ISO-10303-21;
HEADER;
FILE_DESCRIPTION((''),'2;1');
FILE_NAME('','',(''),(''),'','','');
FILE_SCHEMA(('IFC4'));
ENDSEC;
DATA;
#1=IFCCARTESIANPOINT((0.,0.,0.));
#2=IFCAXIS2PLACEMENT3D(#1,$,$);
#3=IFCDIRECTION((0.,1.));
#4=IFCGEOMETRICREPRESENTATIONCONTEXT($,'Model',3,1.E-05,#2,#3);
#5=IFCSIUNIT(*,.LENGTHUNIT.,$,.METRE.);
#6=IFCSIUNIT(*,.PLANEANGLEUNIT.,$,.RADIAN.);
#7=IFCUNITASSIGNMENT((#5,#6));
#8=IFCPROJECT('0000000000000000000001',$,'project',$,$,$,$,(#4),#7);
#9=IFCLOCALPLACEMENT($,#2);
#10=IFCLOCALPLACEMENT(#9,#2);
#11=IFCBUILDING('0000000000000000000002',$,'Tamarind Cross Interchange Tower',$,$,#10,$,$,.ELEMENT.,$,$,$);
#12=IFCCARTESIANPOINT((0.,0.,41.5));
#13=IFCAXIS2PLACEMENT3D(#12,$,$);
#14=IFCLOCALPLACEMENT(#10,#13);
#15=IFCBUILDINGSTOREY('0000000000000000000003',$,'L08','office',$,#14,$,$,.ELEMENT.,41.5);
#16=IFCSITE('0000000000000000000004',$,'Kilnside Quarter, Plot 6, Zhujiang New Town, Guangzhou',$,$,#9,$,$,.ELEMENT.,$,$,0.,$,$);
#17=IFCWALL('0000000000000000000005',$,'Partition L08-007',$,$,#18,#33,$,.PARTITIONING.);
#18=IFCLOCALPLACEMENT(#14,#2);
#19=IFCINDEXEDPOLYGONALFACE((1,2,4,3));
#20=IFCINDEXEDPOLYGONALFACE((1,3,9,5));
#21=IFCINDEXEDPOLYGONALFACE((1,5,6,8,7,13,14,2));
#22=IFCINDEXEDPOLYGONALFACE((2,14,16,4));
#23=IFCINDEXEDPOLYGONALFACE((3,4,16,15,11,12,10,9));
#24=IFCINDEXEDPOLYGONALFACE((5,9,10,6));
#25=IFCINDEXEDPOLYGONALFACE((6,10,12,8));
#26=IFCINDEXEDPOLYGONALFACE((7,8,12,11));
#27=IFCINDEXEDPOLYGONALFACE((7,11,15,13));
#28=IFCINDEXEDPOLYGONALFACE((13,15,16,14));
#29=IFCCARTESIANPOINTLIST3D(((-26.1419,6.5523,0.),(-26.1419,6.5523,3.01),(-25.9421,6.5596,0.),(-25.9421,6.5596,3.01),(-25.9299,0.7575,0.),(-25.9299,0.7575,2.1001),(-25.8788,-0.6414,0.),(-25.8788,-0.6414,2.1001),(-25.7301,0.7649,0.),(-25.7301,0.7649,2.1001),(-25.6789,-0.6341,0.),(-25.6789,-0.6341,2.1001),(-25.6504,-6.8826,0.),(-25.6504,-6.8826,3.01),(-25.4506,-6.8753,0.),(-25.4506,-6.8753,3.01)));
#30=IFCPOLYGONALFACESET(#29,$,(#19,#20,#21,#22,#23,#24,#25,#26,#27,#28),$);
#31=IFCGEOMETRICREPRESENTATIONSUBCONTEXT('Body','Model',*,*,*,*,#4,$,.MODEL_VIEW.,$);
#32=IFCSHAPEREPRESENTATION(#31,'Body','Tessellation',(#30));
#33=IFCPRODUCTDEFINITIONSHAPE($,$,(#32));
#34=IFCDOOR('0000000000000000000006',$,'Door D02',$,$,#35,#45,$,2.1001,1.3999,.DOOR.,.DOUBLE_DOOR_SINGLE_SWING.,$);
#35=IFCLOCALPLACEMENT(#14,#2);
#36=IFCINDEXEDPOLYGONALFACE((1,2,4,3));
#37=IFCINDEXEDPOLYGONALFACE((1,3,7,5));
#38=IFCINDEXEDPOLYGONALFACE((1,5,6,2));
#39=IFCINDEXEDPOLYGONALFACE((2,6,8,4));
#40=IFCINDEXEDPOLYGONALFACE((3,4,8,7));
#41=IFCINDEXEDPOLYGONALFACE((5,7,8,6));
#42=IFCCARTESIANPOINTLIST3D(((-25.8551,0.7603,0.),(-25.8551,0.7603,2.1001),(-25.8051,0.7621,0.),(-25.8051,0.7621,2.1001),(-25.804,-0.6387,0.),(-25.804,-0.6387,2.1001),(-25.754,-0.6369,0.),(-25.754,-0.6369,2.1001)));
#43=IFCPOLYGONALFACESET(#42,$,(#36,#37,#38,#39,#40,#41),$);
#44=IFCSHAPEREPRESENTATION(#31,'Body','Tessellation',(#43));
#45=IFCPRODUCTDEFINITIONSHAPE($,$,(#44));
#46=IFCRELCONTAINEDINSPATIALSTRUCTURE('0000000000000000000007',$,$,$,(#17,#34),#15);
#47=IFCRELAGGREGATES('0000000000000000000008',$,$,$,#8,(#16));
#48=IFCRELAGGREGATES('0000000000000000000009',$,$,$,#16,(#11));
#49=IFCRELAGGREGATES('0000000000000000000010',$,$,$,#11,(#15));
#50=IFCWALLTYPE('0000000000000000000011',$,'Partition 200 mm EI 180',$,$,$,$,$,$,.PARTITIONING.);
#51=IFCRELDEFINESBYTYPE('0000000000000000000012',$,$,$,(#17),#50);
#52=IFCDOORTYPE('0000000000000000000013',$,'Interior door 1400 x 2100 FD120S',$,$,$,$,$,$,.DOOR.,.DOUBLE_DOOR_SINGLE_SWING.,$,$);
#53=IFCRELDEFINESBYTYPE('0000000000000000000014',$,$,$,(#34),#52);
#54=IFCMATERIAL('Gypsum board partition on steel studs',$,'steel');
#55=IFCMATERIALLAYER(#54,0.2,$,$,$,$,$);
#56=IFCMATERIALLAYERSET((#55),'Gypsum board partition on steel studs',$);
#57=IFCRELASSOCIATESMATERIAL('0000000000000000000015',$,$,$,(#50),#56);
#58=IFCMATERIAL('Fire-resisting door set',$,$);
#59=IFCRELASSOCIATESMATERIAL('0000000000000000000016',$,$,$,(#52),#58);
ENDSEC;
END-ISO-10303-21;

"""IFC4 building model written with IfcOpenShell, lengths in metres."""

from ifc_helpers import new_model, si_unit, direction, frame, frame_2d, origin, place, context, subcontext, project, spatial, rectangle, extrude, material, layer, layer_set, type_object, element, fill, save


model = new_model("IFC4")

# Units and contexts
model_context = context("Model", 3, precision=1e-05, world=origin(), true_north=direction((0.0, 1.0)))
body_context = subcontext(model_context, "Body", "Model", "MODEL_VIEW")
ifc_project = project(units=[si_unit("LENGTHUNIT", "METRE"), si_unit("PLANEANGLEUNIT", "RADIAN")], contexts=[model_context])

# Site, building, storey
site_placement = place(None, origin())
site = spatial("IfcSite", under=ifc_project, at=site_placement, Name="Kilnside Quarter, Plot 6, Zhujiang New Town, Guangzhou", CompositionType="ELEMENT", RefElevation=0.0)
building_placement = place(site_placement, origin())
building = spatial("IfcBuilding", under=site, at=building_placement, Name="Tamarind Cross Interchange Tower", CompositionType="ELEMENT")
storey_placement = place(building_placement, frame((0.0, 0.0, 41.5)))
storey = spatial("IfcBuildingStorey", under=building, at=storey_placement, Name="L08", Description="office", CompositionType="ELEMENT", Elevation=41.5)

# Shared definitions
ifc_material_1 = material(Name="Gypsum board partition on steel studs", Category="steel")

# Shared definitions
ifc_material_2 = material(Name="Fire-resisting door set")

# Wall, opening, door
ifc_layer_1 = layer(ifc_material_1, 0.2)
ifc_layer_set_1 = layer_set([ifc_layer_1], Name="Gypsum board partition on steel studs")
wall_type_1 = type_object("IfcWallType", Name="Partition 200 mm EI 180", PredefinedType="PARTITIONING", material=ifc_layer_set_1)
wall_1_placement = place(storey_placement, frame((-26.042, 6.5559, 0.0), z_axis=(0.0, 0.0, 1.0), x_axis=(0.036556, -0.999332, 0.0)))
wall_1 = element("IfcWall", 1, at=wall_1_placement, inside=storey, type_object=wall_type_1, Name="Partition L08-007", PredefinedType="PARTITIONING", context=body_context, shape_type="SweptSolid", body=[
    extrude(rectangle(XDim=13.4438, YDim=0.2, at=frame_2d((6.7219, 0.0))), origin(), (0.0, 0.0, 1.0), 3.01),
])
opening_1_placement = place(wall_1_placement, frame((5.7986, 0.0, 0.0)))
opening_1 = element("IfcOpeningElement", 2, at=opening_1_placement, cuts=wall_1, PredefinedType="OPENING", context=body_context, shape_type="SweptSolid", body=[
    extrude(rectangle(XDim=1.3999, YDim=2.1001, at=frame_2d((0.7, 1.05))), frame((0.0, 0.1099, 0.0), z_axis=(0.0, -1.0, 0.0), x_axis=(1.0, 0.0, 0.0)), (0.0, 0.0, 1.0), 0.22),
])
door_type_1 = type_object("IfcDoorType", Name="Interior door 1400 x 2100 FD120S", OperationType="DOUBLE_DOOR_SINGLE_SWING", PredefinedType="DOOR", material=ifc_material_2)
door_1_placement = place(opening_1_placement, origin())
door_1 = element("IfcDoor", 3, at=door_1_placement, inside=storey, type_object=door_type_1, Name="Door D02", OperationType="DOUBLE_DOOR_SINGLE_SWING", OverallHeight=2.1001, OverallWidth=1.3999, PredefinedType="DOOR", context=body_context, shape_type="SweptSolid", body=[
    extrude(rectangle(XDim=1.3999, YDim=2.1001, at=frame_2d((0.7, 1.05))), frame((0.0, 0.0249, 0.0), z_axis=(0.0, -1.0, 0.0), x_axis=(1.0, 0.0, 0.0)), (0.0, 0.0, 1.0), 0.05),
])
fill(opening_1, door_1)

save(model, "model.ifc")
